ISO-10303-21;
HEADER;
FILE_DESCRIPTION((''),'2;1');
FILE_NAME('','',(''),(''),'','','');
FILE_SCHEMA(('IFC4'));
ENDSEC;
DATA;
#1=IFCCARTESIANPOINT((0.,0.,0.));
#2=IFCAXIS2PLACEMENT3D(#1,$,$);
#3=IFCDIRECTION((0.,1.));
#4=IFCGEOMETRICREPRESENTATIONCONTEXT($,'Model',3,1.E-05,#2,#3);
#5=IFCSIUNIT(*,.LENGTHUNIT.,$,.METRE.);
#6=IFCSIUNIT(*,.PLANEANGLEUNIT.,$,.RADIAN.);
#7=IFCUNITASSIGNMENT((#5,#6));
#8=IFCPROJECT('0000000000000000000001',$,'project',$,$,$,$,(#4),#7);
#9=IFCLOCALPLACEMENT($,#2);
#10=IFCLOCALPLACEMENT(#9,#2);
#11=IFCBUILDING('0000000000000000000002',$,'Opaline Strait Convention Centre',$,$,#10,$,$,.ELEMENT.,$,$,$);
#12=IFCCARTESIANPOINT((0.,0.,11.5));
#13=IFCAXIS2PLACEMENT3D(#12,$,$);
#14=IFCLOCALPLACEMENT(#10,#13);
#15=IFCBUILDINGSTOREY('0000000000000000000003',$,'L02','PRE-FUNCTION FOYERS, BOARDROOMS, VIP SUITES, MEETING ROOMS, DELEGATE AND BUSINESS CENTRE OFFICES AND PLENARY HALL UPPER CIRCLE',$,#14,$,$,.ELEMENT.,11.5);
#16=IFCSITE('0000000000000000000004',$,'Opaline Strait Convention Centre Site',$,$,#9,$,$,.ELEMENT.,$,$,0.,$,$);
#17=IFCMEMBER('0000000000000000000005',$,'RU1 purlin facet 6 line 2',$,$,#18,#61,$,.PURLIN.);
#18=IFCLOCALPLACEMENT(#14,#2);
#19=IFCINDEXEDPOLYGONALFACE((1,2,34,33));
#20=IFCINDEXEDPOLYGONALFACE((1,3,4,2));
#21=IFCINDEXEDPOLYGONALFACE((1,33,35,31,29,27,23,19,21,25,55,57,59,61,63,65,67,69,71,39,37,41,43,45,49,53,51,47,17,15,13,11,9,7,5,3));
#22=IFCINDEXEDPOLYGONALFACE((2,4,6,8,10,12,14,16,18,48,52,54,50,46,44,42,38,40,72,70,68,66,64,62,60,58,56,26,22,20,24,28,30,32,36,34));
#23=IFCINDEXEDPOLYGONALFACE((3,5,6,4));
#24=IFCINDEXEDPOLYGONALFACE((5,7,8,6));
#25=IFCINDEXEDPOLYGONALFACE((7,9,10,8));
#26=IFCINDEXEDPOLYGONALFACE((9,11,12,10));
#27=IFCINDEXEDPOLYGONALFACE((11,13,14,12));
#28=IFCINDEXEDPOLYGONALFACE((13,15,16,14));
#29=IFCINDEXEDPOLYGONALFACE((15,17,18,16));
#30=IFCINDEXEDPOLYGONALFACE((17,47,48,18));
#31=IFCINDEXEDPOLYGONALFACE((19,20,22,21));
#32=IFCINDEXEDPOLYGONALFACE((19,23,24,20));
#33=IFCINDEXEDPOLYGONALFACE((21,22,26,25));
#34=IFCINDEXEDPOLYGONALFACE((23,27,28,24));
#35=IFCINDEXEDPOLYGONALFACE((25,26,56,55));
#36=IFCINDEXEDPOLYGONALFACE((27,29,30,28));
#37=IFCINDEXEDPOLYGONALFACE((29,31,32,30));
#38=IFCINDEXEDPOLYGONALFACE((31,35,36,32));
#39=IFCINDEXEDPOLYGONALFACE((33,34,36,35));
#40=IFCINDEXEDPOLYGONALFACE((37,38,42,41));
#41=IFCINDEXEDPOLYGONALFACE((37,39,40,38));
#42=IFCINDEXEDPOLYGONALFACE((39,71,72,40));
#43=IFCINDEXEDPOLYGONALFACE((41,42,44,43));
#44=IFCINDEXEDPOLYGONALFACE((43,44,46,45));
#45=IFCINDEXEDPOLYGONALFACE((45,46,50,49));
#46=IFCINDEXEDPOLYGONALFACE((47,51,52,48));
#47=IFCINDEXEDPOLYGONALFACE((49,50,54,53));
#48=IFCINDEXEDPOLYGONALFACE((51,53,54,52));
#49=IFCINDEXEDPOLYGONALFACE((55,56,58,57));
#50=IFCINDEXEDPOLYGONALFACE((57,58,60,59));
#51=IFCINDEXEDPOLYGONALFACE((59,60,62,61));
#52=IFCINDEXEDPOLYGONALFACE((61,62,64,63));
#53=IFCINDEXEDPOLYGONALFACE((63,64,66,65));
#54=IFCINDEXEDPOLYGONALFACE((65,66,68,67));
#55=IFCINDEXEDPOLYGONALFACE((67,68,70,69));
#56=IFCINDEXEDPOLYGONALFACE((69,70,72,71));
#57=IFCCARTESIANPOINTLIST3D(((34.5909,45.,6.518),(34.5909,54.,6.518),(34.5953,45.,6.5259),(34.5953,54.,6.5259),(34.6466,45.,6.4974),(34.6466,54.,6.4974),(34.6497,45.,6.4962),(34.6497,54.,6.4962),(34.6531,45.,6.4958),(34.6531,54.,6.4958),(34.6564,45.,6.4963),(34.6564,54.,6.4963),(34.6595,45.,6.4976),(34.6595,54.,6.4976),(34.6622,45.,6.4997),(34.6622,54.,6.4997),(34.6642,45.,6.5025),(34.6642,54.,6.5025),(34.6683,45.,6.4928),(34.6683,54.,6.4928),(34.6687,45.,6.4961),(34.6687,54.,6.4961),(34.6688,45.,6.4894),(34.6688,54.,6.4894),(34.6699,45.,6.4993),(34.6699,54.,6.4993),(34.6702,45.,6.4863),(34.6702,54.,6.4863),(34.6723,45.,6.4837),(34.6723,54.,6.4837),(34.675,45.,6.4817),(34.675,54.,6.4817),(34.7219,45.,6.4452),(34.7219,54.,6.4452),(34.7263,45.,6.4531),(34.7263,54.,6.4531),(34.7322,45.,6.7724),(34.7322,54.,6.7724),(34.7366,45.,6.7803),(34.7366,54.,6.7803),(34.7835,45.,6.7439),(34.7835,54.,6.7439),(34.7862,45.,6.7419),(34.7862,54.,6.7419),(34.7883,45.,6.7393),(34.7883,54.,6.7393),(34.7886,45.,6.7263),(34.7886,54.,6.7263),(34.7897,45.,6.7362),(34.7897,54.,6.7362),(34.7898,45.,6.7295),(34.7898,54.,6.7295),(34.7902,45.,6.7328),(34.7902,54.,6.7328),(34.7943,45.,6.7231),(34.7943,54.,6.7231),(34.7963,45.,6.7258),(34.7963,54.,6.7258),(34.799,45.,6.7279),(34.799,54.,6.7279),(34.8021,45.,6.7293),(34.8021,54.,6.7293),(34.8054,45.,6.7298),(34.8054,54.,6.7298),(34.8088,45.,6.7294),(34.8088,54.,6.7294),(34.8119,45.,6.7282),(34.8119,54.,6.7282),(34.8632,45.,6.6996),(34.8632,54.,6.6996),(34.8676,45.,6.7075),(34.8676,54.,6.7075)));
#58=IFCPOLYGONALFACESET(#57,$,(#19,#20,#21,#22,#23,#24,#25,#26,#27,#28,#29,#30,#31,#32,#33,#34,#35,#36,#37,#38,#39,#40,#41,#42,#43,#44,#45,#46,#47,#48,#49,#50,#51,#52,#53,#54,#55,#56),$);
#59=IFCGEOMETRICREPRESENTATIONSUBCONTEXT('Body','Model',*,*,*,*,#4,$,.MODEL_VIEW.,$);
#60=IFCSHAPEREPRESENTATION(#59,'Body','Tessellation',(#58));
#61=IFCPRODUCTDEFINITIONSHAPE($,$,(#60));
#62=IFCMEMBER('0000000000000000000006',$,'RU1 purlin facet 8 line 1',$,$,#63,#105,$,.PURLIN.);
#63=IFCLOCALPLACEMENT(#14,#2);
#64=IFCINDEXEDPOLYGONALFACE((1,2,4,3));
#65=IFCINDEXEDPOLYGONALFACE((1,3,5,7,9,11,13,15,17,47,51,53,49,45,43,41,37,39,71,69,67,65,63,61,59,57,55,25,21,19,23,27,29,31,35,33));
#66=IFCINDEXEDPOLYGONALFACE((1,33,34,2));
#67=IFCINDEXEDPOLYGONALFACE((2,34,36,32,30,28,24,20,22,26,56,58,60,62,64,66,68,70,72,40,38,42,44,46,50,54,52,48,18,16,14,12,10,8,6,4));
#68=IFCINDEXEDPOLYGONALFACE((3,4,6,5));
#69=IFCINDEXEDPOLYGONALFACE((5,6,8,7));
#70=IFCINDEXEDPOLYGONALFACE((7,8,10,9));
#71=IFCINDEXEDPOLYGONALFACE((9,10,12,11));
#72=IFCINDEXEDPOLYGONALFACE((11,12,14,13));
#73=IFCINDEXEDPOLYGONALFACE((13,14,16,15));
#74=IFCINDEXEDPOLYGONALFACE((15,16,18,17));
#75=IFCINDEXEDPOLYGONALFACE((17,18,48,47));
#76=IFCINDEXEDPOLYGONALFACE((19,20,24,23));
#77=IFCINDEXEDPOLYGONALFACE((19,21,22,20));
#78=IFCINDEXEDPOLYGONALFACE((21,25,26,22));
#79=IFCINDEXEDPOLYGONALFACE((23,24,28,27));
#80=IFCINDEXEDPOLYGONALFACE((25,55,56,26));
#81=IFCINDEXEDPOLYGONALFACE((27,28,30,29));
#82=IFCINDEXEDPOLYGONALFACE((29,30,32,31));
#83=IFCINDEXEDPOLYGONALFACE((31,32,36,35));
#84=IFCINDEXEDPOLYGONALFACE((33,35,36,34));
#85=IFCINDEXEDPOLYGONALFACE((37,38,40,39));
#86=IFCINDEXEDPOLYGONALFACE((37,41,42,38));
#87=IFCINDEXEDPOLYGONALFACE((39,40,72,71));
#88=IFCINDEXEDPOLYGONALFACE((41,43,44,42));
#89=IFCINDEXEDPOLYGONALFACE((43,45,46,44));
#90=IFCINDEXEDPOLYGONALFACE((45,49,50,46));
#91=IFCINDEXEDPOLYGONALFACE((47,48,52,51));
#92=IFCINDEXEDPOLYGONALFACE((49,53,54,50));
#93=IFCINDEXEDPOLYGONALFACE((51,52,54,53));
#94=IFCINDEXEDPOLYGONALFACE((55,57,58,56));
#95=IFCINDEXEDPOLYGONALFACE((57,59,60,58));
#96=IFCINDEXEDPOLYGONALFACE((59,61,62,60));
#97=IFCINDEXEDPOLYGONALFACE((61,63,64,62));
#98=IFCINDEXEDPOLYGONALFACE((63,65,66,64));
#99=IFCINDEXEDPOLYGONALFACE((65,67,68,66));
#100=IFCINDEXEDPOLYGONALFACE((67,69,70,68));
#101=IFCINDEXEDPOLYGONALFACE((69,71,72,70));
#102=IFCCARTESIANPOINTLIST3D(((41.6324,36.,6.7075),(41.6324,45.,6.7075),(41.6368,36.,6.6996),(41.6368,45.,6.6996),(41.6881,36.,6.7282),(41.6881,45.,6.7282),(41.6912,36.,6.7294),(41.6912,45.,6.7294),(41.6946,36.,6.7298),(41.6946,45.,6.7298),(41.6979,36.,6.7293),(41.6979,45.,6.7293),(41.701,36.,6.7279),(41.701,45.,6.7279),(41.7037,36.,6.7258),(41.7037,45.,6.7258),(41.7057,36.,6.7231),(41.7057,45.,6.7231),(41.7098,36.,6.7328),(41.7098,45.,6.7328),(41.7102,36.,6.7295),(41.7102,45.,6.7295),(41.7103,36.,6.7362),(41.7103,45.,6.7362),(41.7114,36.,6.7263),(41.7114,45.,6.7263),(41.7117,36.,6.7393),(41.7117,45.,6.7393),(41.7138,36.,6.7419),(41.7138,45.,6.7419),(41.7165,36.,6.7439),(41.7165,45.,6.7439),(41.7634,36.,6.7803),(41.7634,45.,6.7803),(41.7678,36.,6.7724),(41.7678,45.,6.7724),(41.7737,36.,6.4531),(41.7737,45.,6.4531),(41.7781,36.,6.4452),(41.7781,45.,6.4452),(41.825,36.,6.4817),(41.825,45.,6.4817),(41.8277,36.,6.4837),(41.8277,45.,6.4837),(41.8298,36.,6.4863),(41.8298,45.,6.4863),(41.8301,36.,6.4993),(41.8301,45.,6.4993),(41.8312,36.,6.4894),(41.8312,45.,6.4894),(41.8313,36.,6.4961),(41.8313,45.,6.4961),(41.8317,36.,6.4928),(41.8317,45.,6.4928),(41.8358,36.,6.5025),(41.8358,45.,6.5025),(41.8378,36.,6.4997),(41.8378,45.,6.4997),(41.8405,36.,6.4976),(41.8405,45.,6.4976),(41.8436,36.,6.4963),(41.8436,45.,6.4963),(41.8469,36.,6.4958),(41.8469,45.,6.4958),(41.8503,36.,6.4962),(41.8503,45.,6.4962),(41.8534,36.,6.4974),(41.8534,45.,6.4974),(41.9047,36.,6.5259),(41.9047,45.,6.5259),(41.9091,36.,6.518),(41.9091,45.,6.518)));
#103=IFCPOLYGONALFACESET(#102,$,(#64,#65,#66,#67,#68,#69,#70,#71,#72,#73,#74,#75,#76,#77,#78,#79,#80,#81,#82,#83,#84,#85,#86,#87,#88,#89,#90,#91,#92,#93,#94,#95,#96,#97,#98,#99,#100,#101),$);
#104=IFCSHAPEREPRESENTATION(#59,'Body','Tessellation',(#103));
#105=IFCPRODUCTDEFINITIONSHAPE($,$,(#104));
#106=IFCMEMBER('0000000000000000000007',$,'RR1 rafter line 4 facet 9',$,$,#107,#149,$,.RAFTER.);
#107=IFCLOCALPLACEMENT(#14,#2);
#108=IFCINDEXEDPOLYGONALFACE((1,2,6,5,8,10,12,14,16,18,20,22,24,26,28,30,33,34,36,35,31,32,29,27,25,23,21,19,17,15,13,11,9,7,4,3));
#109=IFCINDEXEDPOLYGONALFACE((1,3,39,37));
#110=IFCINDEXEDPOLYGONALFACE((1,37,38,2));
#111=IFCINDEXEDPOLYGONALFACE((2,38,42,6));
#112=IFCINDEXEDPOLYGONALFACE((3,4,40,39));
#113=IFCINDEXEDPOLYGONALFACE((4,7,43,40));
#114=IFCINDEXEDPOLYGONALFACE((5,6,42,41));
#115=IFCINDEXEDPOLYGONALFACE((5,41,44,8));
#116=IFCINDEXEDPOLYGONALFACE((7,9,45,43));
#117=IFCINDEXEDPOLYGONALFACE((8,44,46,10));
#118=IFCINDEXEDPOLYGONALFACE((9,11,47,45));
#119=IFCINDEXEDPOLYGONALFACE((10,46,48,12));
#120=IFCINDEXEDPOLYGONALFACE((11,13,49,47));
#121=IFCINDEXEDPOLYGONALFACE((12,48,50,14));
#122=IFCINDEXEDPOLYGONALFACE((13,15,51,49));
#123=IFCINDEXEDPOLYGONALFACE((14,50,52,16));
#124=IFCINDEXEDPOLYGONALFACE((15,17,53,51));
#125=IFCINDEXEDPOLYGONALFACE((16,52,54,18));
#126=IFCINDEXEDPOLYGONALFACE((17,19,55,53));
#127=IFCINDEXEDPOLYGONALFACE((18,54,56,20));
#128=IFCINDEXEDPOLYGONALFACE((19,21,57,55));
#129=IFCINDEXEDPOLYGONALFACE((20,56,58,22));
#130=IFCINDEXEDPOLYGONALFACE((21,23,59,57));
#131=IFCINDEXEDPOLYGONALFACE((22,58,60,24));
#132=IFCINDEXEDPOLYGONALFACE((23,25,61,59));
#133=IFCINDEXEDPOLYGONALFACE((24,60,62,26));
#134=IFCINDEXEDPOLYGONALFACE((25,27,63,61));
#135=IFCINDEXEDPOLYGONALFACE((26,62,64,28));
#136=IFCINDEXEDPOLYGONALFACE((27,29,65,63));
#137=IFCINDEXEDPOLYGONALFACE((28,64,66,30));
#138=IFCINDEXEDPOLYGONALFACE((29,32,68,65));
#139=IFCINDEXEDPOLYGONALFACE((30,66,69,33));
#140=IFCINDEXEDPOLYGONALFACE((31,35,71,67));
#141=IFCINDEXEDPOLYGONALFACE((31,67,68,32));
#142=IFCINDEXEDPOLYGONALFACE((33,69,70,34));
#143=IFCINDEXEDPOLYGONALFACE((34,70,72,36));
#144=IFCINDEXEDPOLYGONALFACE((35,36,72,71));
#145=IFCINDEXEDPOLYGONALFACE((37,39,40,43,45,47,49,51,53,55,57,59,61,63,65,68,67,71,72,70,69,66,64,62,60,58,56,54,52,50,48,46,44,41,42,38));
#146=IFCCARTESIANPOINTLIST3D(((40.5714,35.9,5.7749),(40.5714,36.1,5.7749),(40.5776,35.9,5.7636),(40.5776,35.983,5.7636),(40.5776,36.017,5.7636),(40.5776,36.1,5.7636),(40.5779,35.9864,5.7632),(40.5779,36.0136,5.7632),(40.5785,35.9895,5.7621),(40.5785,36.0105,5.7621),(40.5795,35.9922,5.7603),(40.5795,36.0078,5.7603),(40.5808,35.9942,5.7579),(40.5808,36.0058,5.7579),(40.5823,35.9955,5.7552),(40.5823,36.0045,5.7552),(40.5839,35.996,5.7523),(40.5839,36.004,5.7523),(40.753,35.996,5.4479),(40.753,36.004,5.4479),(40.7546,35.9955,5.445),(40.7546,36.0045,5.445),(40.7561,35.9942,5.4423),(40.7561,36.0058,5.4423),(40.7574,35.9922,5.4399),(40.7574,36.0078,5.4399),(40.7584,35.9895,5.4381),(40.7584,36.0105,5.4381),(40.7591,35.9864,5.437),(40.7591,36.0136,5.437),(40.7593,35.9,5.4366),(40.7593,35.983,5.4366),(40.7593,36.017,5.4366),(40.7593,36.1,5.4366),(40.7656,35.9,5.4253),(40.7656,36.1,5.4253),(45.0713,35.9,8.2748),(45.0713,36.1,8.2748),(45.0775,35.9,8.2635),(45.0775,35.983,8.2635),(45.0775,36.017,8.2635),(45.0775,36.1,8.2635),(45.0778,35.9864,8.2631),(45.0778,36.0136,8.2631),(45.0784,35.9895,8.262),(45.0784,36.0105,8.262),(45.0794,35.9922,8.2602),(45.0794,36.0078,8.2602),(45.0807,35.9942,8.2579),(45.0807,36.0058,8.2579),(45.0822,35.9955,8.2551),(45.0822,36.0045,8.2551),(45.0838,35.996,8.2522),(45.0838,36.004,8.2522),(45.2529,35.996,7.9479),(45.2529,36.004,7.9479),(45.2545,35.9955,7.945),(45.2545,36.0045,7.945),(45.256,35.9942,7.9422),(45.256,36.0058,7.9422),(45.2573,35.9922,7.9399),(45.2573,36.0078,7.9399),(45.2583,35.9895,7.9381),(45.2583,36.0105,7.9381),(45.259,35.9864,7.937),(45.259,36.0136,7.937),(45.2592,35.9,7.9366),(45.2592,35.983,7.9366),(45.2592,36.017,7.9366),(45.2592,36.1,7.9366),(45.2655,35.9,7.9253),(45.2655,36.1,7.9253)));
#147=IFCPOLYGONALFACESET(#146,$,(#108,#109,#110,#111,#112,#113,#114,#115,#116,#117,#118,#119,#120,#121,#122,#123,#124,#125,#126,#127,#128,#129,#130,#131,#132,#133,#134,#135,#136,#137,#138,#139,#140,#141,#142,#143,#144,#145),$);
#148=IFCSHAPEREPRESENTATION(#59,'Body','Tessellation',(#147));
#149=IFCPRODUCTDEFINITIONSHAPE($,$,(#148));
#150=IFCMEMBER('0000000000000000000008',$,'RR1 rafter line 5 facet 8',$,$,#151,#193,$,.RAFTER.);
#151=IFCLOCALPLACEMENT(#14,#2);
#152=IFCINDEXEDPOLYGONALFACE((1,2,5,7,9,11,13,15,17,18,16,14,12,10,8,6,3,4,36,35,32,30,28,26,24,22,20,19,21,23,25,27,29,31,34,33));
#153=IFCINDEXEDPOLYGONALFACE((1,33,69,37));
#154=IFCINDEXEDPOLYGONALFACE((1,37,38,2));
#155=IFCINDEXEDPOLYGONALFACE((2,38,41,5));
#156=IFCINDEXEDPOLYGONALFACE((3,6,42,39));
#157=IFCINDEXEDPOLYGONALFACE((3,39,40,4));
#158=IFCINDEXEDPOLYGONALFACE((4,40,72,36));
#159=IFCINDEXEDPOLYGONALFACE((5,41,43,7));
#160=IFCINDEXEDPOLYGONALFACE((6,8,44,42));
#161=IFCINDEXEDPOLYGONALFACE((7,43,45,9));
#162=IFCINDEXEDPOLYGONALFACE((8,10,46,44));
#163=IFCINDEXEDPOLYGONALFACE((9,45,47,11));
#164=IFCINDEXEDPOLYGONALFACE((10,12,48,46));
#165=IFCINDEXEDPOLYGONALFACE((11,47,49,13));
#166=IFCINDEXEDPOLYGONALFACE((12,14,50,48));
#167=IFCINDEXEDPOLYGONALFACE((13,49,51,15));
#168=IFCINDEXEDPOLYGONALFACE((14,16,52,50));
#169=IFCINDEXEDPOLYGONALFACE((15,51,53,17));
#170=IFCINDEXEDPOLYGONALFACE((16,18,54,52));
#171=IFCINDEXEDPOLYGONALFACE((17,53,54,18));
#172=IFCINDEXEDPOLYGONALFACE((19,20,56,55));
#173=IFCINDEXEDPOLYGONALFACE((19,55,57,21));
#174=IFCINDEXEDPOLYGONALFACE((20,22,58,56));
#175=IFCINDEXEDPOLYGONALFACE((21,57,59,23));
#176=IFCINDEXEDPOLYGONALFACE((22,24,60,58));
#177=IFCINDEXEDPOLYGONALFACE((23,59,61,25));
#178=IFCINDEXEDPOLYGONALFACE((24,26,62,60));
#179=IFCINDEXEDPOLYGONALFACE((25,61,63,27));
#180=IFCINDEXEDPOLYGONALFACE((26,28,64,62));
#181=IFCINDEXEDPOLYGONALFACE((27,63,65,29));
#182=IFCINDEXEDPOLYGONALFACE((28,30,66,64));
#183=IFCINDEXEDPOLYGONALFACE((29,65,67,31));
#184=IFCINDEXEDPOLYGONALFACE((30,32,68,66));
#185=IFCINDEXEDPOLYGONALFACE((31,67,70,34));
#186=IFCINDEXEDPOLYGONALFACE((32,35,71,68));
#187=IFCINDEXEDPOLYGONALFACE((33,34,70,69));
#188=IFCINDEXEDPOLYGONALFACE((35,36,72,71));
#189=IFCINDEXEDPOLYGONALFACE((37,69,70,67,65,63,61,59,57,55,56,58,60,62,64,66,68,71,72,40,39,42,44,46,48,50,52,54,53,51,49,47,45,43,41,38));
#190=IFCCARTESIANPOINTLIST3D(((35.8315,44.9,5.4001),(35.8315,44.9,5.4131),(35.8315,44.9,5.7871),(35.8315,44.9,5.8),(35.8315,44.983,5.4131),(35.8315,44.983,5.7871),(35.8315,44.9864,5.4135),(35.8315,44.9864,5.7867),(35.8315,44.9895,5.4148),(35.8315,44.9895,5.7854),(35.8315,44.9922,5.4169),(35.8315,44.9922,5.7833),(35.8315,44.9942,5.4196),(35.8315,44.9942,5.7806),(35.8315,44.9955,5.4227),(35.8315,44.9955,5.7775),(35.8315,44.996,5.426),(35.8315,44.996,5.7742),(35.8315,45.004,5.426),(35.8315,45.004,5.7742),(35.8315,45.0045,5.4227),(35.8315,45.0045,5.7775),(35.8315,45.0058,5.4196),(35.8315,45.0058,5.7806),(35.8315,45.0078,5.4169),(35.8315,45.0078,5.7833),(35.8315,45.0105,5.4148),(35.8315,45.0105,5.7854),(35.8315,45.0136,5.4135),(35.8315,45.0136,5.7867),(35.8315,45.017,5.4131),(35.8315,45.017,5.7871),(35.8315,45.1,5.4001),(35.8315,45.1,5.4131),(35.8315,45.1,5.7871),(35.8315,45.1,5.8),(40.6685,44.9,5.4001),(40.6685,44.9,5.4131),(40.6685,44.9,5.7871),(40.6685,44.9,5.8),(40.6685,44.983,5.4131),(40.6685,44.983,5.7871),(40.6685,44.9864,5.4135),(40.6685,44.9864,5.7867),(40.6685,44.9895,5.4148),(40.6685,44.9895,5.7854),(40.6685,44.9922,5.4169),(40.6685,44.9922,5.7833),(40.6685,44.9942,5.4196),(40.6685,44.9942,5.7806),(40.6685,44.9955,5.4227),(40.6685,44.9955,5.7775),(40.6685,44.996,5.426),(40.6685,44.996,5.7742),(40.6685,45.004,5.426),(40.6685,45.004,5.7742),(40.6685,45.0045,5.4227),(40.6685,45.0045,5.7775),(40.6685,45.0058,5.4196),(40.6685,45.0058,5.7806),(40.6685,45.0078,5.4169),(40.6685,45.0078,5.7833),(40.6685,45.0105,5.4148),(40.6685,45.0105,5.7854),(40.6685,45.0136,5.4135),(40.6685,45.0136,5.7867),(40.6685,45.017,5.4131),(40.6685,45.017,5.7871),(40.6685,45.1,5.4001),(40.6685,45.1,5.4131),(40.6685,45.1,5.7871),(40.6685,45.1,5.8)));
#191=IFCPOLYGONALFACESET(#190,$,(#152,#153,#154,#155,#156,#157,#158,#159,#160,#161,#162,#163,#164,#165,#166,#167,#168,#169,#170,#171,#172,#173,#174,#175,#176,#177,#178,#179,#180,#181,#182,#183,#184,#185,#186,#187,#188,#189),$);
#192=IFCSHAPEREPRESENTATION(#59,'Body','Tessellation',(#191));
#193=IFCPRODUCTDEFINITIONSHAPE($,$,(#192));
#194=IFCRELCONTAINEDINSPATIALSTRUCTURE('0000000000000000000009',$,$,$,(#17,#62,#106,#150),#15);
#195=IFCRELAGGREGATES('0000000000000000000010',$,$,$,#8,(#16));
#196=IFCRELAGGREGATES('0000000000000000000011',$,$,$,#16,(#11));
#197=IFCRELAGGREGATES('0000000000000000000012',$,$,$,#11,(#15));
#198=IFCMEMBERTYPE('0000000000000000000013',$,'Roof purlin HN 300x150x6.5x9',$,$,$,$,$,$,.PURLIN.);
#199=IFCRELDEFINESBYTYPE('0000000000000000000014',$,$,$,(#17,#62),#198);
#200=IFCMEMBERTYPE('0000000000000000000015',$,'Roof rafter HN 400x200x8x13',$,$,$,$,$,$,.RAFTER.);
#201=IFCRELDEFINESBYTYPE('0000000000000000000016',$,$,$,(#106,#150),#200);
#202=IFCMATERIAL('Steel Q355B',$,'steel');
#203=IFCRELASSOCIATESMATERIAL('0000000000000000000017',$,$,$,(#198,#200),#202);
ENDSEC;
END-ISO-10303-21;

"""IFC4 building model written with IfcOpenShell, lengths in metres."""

from ifc_helpers import new_model, si_unit, direction, frame, origin, origin_2d, place, context, subcontext, project, spatial, i_section, extrude, material, material_profile, profile_set, type_object, element, save


model = new_model("IFC4")

# Units and contexts
model_context = context("Model", 3, precision=1e-05, world=origin(), true_north=direction((0.0, 1.0)))
body_context = subcontext(model_context, "Body", "Model", "MODEL_VIEW")
ifc_project = project(units=[si_unit("LENGTHUNIT", "METRE"), si_unit("PLANEANGLEUNIT", "RADIAN")], contexts=[model_context])

# Site, building, storey
site_placement = place(None, origin())
site = spatial("IfcSite", under=ifc_project, at=site_placement, Name="Opaline Strait Convention Centre Site", CompositionType="ELEMENT", RefElevation=0.0)
building_placement = place(site_placement, origin())
building = spatial("IfcBuilding", under=site, at=building_placement, Name="Opaline Strait Convention Centre", CompositionType="ELEMENT")
storey_placement = place(building_placement, frame((0.0, 0.0, 11.5)))
storey = spatial("IfcBuildingStorey", under=building, at=storey_placement, Name="L02", Description="PRE-FUNCTION FOYERS, BOARDROOMS, VIP SUITES, MEETING ROOMS, DELEGATE AND BUSINESS CENTRE OFFICES AND PLENARY HALL UPPER CIRCLE", CompositionType="ELEMENT", Elevation=11.5)

# Shared definitions
ifc_material_1 = material(Name="Steel Q355B", Category="steel")

# Members
ifc_material_profile_1 = material_profile(ifc_material_1, i_section(OverallWidth=0.1499, OverallDepth=0.3, WebThickness=0.0066, FlangeThickness=0.009, FilletRadius=0.0129, at=origin_2d()), Name="HN 300x150x6.5x9")
ifc_profile_set_1 = profile_set([ifc_material_profile_1], Name="Steel Q355B")
member_type_1 = type_object("IfcMemberType", Name="Roof purlin HN 300x150x6.5x9", PredefinedType="PURLIN", material=ifc_profile_set_1)
for number, where, z_axis, x_axis, name in (
    (1, (34.7292, 45.0, 6.6128), (0.0, 1.0, 0.0), (-0.874157, 0.0, 0.485643), "RU1 purlin facet 6 line 2"),
    (2, (41.7708, 36.0, 6.6128), (0.0, 1.0, 0.0), (-0.874157, 0.0, -0.485643), "RU1 purlin facet 8 line 1"),
):
    element("IfcMember", number, at=place(storey_placement, frame(where, z_axis=z_axis, x_axis=x_axis)), inside=storey, type_object=member_type_1, Name=name, PredefinedType="PURLIN", context=body_context, shape_type="SweptSolid", body=[
        extrude(i_section(OverallWidth=0.1499, OverallDepth=0.3, WebThickness=0.0066, FlangeThickness=0.009, FilletRadius=0.0129, at=origin_2d()), origin(), (0.0, 0.0, 1.0), 9.0),
    ])
ifc_material_profile_2 = material_profile(ifc_material_1, i_section(OverallWidth=0.2, OverallDepth=0.3999, WebThickness=0.0081, FlangeThickness=0.0129, FilletRadius=0.0129, at=origin_2d()), Name="HN 400x200x8x13")
ifc_profile_set_2 = profile_set([ifc_material_profile_2], Name="Steel Q355B")
member_type_2 = type_object("IfcMemberType", Name="Roof rafter HN 400x200x8x13", PredefinedType="RAFTER", material=ifc_profile_set_2)
member_1_placement = place(storey_placement, frame((40.6685, 36.0, 5.6001), z_axis=(0.874157, 0.0, 0.485643), x_axis=(0.0, 1.0, 0.0)))
element("IfcMember", 3, at=member_1_placement, inside=storey, type_object=member_type_2, Name="RR1 rafter line 4 facet 9", PredefinedType="RAFTER", context=body_context, shape_type="SweptSolid", body=[
    extrude(i_section(OverallWidth=0.2, OverallDepth=0.3999, WebThickness=0.0081, FlangeThickness=0.0129, FilletRadius=0.0129, at=origin_2d()), origin(), (0.0, 0.0, 1.0), 5.1477),
])
member_2_placement = place(storey_placement, frame((35.8315, 45.0, 5.6001), z_axis=(1.0, 0.0, 0.0), x_axis=(0.0, 1.0, 0.0)))
element("IfcMember", 4, at=member_2_placement, inside=storey, type_object=member_type_2, Name="RR1 rafter line 5 facet 8", PredefinedType="RAFTER", context=body_context, shape_type="SweptSolid", body=[
    extrude(i_section(OverallWidth=0.2, OverallDepth=0.3999, WebThickness=0.0081, FlangeThickness=0.0129, FilletRadius=0.0129, at=origin_2d()), origin(), (0.0, 0.0, 1.0), 4.8369),
])

save(model, "model.ifc")
